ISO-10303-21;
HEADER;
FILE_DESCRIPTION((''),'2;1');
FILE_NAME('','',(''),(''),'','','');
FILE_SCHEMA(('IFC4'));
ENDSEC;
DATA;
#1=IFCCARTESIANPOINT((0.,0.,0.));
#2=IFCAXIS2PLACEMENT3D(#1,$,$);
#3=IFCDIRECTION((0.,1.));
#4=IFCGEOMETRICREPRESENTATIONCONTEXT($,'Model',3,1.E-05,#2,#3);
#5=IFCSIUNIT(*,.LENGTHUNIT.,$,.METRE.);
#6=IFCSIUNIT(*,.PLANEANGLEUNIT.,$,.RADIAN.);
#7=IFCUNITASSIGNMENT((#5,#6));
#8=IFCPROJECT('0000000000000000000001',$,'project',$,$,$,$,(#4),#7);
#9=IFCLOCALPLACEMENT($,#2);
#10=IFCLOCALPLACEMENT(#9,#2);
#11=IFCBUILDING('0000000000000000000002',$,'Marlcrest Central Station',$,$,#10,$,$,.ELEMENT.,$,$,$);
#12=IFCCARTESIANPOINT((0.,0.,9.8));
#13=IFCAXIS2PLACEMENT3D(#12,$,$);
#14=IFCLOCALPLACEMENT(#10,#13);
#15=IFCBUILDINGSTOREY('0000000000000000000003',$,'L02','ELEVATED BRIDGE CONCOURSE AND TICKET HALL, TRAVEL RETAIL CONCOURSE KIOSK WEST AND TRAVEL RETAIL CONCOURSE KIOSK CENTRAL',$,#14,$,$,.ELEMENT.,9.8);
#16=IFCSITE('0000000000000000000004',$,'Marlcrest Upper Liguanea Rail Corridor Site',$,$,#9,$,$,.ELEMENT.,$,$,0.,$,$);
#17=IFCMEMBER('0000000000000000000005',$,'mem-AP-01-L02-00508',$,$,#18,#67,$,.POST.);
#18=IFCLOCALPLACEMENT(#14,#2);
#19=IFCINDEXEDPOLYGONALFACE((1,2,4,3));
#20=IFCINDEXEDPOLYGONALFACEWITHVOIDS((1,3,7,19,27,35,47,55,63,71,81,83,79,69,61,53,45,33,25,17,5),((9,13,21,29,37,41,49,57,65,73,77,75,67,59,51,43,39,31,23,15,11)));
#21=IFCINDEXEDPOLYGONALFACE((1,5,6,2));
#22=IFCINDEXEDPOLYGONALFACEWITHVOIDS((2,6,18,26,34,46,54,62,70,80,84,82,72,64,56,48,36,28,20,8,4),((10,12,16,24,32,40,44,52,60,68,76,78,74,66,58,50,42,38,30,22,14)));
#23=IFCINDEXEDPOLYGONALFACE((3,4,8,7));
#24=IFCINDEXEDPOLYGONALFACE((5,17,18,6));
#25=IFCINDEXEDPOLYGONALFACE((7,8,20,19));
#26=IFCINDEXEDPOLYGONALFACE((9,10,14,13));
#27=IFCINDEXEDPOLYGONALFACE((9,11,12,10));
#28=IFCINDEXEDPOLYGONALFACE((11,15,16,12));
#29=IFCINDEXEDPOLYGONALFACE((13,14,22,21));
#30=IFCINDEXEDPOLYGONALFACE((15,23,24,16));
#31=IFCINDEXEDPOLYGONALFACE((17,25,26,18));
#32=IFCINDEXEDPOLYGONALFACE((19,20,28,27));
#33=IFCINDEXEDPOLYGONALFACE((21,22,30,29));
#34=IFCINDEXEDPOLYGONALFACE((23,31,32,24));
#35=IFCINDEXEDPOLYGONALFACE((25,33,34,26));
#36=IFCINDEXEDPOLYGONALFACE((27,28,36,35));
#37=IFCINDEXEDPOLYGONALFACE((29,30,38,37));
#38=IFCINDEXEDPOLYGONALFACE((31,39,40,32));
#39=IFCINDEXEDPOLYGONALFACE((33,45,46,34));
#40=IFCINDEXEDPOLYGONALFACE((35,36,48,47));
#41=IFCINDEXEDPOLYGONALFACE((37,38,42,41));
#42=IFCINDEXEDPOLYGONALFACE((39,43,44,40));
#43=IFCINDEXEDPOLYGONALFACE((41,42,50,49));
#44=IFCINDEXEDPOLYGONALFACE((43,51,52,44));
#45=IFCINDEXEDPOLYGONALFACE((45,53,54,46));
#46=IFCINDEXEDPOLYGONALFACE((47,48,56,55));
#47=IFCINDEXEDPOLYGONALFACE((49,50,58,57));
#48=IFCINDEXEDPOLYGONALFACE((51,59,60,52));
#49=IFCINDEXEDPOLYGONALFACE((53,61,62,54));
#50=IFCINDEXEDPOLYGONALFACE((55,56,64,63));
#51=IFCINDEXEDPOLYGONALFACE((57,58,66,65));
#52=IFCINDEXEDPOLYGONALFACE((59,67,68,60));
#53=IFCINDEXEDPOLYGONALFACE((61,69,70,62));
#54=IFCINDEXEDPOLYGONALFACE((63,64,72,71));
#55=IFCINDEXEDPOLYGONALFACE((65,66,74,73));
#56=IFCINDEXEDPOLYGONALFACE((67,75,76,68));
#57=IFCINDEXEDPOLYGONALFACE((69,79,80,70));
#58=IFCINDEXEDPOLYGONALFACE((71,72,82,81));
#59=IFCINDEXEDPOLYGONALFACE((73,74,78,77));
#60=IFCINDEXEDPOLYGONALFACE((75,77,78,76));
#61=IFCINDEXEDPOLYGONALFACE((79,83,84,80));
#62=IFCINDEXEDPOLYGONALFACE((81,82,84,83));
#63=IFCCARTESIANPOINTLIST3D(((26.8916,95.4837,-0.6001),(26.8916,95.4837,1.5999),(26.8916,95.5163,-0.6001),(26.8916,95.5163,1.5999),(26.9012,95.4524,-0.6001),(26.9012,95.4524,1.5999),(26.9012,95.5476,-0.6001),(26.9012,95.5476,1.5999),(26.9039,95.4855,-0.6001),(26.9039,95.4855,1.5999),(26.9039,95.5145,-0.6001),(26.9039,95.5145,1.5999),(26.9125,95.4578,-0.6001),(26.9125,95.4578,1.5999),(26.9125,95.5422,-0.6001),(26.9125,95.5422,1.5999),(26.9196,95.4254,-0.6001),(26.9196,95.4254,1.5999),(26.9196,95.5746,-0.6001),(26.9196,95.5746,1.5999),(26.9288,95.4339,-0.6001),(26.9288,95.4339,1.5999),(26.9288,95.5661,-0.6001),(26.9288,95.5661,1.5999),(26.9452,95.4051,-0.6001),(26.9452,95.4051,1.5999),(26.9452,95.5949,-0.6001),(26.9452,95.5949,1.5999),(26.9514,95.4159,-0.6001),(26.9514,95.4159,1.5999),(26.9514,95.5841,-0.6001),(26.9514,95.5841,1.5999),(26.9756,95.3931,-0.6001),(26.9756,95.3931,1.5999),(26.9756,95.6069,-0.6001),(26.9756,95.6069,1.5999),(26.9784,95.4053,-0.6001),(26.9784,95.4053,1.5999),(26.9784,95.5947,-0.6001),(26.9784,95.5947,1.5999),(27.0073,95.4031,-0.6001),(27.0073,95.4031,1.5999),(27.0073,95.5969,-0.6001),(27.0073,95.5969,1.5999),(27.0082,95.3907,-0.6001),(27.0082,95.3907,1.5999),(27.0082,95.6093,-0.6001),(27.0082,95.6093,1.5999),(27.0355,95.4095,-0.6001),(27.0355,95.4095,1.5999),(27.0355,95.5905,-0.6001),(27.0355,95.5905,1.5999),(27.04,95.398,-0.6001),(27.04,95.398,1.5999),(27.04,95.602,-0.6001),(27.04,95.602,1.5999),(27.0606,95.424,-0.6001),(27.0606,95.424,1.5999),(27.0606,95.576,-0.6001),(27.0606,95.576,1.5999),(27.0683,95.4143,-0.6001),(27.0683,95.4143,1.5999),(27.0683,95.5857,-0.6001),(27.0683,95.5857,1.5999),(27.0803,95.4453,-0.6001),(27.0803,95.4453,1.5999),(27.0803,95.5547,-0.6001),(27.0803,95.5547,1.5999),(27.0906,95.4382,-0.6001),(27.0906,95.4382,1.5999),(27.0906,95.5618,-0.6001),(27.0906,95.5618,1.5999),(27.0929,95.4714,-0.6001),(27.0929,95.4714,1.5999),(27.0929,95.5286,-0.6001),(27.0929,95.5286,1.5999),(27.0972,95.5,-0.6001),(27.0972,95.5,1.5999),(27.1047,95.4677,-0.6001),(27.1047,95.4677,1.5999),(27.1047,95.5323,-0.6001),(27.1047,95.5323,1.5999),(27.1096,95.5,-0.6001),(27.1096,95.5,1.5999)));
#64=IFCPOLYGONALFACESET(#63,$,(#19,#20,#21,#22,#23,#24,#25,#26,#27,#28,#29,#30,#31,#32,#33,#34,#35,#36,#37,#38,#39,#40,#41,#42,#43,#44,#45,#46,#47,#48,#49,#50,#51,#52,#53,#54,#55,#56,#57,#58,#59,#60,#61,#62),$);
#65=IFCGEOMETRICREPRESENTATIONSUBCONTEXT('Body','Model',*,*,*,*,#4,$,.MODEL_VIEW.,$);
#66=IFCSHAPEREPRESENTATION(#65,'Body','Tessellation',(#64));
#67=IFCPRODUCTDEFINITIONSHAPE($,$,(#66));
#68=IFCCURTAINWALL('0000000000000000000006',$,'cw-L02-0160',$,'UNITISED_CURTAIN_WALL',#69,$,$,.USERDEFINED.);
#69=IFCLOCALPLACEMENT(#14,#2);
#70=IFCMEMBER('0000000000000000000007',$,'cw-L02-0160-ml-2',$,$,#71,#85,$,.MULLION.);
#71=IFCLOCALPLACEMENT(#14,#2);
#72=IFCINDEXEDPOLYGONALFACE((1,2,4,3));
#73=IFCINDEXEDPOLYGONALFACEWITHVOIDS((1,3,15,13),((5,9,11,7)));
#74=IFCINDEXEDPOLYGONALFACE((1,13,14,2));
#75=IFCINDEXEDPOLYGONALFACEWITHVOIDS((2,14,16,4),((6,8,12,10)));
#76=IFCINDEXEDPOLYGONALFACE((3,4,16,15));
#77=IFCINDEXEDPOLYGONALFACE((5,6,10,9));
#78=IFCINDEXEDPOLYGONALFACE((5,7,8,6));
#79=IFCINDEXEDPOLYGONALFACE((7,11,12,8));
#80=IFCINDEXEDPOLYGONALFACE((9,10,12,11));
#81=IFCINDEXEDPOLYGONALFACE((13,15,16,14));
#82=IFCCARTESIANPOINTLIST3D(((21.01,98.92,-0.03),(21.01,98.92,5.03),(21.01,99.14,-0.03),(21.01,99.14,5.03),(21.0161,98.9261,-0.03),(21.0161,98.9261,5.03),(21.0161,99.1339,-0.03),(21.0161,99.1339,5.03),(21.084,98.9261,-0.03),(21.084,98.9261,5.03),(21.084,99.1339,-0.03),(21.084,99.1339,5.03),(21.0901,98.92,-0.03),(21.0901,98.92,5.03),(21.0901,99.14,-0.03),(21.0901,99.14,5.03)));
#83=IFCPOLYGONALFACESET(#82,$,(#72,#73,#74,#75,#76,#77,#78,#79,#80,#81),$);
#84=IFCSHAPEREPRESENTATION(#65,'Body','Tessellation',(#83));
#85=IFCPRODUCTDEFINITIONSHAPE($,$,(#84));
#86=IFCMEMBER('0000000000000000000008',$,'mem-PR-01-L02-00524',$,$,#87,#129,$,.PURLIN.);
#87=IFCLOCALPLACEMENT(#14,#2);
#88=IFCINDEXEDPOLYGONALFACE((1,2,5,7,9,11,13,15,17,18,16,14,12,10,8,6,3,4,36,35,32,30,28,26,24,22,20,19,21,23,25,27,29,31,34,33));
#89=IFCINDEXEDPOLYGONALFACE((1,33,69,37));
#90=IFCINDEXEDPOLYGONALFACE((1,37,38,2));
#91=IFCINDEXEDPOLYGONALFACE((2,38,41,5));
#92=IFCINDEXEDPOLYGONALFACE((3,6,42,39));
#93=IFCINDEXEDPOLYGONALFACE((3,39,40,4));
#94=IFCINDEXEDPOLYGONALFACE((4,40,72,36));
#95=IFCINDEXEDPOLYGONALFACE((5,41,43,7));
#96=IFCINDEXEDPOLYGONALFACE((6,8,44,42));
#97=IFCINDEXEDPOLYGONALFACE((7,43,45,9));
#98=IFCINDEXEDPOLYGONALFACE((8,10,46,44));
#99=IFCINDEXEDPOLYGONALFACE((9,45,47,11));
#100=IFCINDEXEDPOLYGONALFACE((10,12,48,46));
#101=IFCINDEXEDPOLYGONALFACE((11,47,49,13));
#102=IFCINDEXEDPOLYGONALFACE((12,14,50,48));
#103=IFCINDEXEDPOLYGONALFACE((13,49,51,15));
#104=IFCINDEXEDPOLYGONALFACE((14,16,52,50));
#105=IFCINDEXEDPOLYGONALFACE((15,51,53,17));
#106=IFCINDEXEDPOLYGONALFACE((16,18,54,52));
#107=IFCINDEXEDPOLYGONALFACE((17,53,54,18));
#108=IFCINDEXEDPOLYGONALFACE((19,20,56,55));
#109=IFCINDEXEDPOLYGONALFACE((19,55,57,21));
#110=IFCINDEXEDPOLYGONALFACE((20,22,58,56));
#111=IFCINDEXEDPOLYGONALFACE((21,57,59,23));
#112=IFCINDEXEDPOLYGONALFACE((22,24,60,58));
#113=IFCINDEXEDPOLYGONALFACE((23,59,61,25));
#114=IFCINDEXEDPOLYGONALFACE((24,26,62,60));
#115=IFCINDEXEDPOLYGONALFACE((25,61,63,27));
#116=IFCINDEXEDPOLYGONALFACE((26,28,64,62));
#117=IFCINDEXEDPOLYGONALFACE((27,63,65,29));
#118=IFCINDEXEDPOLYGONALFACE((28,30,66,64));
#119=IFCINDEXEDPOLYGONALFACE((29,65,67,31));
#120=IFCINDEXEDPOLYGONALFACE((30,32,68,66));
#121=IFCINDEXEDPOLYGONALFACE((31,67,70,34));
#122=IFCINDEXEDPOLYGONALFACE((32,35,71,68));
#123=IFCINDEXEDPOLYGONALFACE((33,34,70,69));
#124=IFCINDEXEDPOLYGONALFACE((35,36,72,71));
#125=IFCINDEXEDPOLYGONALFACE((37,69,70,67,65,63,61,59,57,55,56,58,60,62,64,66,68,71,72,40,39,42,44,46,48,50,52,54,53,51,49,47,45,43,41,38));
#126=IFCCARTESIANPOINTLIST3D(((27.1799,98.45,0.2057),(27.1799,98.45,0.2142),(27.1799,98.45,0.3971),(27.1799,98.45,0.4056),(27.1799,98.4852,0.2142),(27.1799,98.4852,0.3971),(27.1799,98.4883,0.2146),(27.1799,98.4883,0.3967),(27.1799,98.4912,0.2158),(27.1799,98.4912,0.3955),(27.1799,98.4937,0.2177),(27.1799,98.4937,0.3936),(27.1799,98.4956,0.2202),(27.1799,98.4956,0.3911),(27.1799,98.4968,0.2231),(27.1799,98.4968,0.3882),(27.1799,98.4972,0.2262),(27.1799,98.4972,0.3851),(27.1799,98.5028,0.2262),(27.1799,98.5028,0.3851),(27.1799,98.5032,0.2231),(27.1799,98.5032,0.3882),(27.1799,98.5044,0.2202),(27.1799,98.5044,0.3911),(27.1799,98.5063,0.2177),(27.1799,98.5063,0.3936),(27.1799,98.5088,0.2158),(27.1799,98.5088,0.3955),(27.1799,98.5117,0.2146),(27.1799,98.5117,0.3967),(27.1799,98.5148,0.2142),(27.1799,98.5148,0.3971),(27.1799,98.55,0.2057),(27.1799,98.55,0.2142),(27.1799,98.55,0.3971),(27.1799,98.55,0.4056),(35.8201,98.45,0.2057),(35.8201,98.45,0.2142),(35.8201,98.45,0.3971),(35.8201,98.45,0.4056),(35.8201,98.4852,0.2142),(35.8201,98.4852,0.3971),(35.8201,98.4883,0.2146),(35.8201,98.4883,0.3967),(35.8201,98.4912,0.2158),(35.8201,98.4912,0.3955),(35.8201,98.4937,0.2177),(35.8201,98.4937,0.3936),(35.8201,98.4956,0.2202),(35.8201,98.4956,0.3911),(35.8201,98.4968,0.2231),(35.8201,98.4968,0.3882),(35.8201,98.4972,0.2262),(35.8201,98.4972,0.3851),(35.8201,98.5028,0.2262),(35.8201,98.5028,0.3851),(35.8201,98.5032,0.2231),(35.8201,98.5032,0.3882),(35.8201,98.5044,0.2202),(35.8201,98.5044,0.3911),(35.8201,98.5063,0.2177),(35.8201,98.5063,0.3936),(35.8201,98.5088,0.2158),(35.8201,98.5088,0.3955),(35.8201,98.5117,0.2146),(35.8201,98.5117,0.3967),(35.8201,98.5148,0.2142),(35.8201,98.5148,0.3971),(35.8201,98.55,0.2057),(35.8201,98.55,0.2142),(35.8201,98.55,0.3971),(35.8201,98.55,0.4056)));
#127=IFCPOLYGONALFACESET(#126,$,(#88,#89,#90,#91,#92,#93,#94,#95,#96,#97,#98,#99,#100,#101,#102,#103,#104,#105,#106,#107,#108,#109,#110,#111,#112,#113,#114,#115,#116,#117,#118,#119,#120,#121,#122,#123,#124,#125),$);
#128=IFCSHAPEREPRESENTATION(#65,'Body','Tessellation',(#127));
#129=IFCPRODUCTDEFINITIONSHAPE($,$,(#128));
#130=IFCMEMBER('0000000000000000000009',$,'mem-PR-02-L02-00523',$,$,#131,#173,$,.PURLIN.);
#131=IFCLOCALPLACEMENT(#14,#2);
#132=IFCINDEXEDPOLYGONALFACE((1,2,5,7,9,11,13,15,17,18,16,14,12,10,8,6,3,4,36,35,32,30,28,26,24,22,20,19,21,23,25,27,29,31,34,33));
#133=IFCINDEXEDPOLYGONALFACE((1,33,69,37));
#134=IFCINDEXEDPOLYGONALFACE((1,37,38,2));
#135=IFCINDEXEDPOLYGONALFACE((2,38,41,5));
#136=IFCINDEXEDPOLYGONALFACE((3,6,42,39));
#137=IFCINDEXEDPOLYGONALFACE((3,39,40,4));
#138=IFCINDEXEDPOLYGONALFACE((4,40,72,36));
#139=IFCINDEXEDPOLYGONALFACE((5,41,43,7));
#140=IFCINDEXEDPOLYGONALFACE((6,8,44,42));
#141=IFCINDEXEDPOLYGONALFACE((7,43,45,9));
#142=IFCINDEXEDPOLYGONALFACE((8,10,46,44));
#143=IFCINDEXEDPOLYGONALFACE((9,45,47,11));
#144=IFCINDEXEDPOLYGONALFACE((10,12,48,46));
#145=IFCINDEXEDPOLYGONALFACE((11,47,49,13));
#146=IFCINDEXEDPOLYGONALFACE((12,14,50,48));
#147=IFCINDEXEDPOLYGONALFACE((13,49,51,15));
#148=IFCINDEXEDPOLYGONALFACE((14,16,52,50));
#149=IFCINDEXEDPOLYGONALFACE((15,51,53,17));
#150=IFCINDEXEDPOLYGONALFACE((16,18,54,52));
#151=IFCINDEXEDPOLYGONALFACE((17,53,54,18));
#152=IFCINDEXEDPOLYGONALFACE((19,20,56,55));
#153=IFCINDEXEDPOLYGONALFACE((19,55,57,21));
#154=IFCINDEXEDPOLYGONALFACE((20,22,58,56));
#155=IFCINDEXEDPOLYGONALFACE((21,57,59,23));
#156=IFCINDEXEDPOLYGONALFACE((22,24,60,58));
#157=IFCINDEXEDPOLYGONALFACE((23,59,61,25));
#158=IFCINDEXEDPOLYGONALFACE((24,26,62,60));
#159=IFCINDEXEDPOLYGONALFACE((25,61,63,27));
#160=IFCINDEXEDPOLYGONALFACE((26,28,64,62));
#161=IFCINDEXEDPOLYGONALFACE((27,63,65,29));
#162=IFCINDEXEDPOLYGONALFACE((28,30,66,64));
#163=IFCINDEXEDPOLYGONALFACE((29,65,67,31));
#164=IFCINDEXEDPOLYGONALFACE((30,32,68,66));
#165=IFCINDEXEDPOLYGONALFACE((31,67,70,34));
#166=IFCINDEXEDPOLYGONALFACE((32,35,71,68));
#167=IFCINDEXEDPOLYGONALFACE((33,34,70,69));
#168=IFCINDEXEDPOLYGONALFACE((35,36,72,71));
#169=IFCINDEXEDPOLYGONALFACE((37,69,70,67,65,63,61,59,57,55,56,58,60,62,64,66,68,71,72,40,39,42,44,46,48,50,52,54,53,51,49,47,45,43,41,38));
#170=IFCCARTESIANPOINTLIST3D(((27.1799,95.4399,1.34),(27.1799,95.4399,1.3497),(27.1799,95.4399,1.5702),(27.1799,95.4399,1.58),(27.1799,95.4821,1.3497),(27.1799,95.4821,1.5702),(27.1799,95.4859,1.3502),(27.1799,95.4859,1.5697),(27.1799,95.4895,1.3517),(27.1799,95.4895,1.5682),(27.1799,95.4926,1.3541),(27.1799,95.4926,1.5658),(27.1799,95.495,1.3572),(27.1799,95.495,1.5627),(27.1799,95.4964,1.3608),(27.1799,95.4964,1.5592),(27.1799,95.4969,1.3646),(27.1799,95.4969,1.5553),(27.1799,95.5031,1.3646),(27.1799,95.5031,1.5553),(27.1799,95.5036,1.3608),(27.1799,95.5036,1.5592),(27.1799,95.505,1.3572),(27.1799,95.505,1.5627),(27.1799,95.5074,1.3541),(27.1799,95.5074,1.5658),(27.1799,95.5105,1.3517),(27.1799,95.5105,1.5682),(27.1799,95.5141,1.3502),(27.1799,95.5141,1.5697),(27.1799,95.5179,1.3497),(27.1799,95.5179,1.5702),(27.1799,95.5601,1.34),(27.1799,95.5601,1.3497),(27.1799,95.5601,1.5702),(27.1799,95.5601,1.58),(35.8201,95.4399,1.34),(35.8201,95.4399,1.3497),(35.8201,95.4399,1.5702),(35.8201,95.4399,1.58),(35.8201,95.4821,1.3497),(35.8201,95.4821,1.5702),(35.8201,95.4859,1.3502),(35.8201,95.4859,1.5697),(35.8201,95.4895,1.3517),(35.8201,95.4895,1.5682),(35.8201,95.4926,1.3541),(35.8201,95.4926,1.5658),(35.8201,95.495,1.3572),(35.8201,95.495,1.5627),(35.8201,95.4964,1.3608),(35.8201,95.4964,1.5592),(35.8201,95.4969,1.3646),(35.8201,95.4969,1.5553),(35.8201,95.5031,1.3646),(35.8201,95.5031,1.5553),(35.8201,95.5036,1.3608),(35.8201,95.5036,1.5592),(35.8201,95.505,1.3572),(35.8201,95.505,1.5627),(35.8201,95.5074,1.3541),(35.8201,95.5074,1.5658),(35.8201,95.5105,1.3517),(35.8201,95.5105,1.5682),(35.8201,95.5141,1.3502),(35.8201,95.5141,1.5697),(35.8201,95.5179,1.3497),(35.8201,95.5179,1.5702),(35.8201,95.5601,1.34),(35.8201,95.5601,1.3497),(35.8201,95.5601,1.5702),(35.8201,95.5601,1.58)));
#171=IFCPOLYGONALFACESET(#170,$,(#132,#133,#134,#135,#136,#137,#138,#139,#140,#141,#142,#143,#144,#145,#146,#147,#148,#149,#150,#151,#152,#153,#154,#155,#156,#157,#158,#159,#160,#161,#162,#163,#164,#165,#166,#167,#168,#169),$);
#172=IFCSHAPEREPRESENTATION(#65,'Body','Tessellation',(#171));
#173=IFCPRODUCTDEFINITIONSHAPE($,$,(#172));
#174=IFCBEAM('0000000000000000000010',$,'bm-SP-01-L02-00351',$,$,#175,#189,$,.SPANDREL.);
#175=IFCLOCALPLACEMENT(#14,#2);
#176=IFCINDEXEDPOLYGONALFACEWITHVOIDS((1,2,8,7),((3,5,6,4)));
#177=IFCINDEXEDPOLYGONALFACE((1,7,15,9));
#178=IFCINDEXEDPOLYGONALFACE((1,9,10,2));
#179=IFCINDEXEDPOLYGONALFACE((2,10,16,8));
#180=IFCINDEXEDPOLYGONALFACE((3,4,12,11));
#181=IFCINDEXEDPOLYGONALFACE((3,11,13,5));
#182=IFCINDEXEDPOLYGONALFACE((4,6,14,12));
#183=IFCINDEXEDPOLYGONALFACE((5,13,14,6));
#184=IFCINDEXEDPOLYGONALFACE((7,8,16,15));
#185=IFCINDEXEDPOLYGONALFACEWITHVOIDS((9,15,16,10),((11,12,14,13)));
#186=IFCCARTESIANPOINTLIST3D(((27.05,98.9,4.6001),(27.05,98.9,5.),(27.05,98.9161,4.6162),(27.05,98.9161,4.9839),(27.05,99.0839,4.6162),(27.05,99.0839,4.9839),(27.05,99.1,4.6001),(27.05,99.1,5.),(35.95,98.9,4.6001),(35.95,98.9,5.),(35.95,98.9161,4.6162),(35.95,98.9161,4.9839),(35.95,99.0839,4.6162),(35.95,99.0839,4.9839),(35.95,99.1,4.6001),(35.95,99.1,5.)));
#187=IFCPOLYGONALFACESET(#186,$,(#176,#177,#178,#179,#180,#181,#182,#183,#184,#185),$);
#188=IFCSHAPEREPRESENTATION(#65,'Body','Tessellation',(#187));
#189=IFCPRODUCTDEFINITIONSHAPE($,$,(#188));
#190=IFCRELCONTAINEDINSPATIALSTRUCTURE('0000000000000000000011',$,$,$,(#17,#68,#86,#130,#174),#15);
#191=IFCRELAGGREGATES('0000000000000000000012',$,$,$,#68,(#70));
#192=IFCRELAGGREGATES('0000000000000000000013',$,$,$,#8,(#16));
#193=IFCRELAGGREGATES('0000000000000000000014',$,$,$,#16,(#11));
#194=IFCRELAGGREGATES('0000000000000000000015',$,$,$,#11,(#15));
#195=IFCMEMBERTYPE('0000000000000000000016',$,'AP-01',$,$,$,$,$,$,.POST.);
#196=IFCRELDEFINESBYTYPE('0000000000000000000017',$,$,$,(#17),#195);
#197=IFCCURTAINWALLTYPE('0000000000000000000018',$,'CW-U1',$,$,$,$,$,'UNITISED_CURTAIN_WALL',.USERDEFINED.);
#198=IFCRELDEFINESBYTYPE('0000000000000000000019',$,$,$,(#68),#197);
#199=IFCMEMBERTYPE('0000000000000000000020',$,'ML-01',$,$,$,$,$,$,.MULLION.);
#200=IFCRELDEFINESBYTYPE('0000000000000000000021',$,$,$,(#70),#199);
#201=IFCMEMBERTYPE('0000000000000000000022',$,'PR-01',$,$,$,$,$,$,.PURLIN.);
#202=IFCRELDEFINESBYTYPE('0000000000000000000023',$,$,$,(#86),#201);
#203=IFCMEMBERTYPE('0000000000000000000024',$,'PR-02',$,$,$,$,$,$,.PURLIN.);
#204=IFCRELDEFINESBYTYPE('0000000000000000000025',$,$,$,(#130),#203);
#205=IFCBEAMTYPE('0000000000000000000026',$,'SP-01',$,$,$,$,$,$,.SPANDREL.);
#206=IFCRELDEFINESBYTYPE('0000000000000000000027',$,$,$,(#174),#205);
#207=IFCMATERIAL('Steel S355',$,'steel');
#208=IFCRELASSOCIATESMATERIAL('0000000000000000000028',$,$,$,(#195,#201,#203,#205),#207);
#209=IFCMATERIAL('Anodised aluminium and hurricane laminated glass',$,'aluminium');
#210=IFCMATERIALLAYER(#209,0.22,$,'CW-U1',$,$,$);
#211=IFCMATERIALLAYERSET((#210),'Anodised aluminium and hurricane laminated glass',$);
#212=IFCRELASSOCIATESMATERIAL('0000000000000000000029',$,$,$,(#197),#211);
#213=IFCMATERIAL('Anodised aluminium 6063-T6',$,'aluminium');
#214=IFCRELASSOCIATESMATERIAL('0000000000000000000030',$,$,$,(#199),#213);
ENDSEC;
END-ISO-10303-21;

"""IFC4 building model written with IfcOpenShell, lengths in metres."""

from ifc_helpers import new_model, si_unit, direction, frame, origin, origin_2d, place, context, subcontext, project, spatial, hollow_rectangle, hollow_circle, i_section, extrude, material, layer, layer_set, material_profile, profile_set, type_object, element, aggregate, save


model = new_model("IFC4")

# Units and contexts
model_context = context("Model", 3, precision=1e-05, world=origin(), true_north=direction((0.0, 1.0)))
body_context = subcontext(model_context, "Body", "Model", "MODEL_VIEW")
ifc_project = project(units=[si_unit("LENGTHUNIT", "METRE"), si_unit("PLANEANGLEUNIT", "RADIAN")], contexts=[model_context])

# Site, building, storey
site_placement = place(None, origin())
site = spatial("IfcSite", under=ifc_project, at=site_placement, Name="Marlcrest Upper Liguanea Rail Corridor Site", CompositionType="ELEMENT", RefElevation=0.0)
building_placement = place(site_placement, origin())
building = spatial("IfcBuilding", under=site, at=building_placement, Name="Marlcrest Central Station", CompositionType="ELEMENT")
storey_placement = place(building_placement, frame((0.0, 0.0, 9.8)))
storey = spatial("IfcBuildingStorey", under=building, at=storey_placement, Name="L02", Description="ELEVATED BRIDGE CONCOURSE AND TICKET HALL, TRAVEL RETAIL CONCOURSE KIOSK WEST AND TRAVEL RETAIL CONCOURSE KIOSK CENTRAL", CompositionType="ELEMENT", Elevation=9.8)

# Shared definitions
ifc_material_1 = material(Name="Steel S355", Category="steel")

# Member
ifc_material_profile_1 = material_profile(ifc_material_1, hollow_circle(Radius=0.1096, WallThickness=0.0125, at=origin_2d()), Name="CHS 219.1x12.5")
ifc_profile_set_1 = profile_set([ifc_material_profile_1], Name="Steel S355")
member_type_1 = type_object("IfcMemberType", Name="AP-01", PredefinedType="POST", material=ifc_profile_set_1)
member_1_placement = place(storey_placement, frame((27.0, 95.5, -0.6001), z_axis=(0.0, 0.0, 1.0), x_axis=(1.0, 0.0, 0.0)))
element("IfcMember", 1, at=member_1_placement, inside=storey, type_object=member_type_1, Name="mem-AP-01-L02-00508", PredefinedType="POST", context=body_context, shape_type="SweptSolid", body=[
    extrude(hollow_circle(Radius=0.1096, WallThickness=0.0125, at=origin_2d()), origin(), (0.0, 0.0, 1.0), 2.2),
])

# Curtain wall, member
ifc_material_2 = material(Name="Anodised aluminium and hurricane laminated glass", Category="aluminium")
ifc_layer_1 = layer(ifc_material_2, 0.22, Name="CW-U1")
ifc_layer_set_1 = layer_set([ifc_layer_1], Name="Anodised aluminium and hurricane laminated glass")
curtain_wall_type = type_object("IfcCurtainWallType", Name="CW-U1", ElementType="UNITISED_CURTAIN_WALL", PredefinedType="USERDEFINED", material=ifc_layer_set_1)
curtain_wall_placement = place(storey_placement, origin())
curtain_wall = element("IfcCurtainWall", 2, at=curtain_wall_placement, inside=storey, type_object=curtain_wall_type, Name="cw-L02-0160", ObjectType="UNITISED_CURTAIN_WALL", PredefinedType="USERDEFINED")
ifc_material_3 = material(Name="Anodised aluminium 6063-T6", Category="aluminium")
ifc_material_profile_2 = material_profile(ifc_material_3, hollow_rectangle(XDim=0.0801, YDim=0.22, WallThickness=0.0061, at=origin_2d()), Name="AA-RHS 220x80x6")
ifc_profile_set_2 = profile_set([ifc_material_profile_2], Name="Anodised aluminium 6063-T6")
member_type_2 = type_object("IfcMemberType", Name="ML-01", PredefinedType="MULLION", material=ifc_profile_set_2)
member_2_placement = place(storey_placement, frame((21.05, 99.03, -0.03), z_axis=(0.0, 0.0, 1.0), x_axis=(1.0, 0.0, 0.0)))
member_2 = element("IfcMember", 3, at=member_2_placement, type_object=member_type_2, Name="cw-L02-0160-ml-2", PredefinedType="MULLION", context=body_context, shape_type="SweptSolid", body=[
    extrude(hollow_rectangle(XDim=0.0801, YDim=0.22, WallThickness=0.0061, at=origin_2d()), origin(), (0.0, 0.0, 1.0), 5.0601),
])

# Members
ifc_material_profile_3 = material_profile(ifc_material_1, i_section(OverallWidth=0.1001, OverallDepth=0.2, WebThickness=0.0056, FlangeThickness=0.0085, FilletRadius=0.012, at=origin_2d()), Name="IPE 200")
ifc_profile_set_3 = profile_set([ifc_material_profile_3], Name="Steel S355")
member_type_3 = type_object("IfcMemberType", Name="PR-01", PredefinedType="PURLIN", material=ifc_profile_set_3)
member_3_placement = place(storey_placement, frame((27.1799, 98.5, 0.3057), z_axis=(1.0, 0.0, 0.0), x_axis=(0.0, 1.0, 0.0)))
element("IfcMember", 4, at=member_3_placement, inside=storey, type_object=member_type_3, Name="mem-PR-01-L02-00524", PredefinedType="PURLIN", context=body_context, shape_type="SweptSolid", body=[
    extrude(i_section(OverallWidth=0.1001, OverallDepth=0.2, WebThickness=0.0056, FlangeThickness=0.0085, FilletRadius=0.012, at=origin_2d()), origin(), (0.0, 0.0, 1.0), 8.6401),
])
ifc_material_profile_4 = material_profile(ifc_material_1, i_section(OverallWidth=0.1201, OverallDepth=0.24, WebThickness=0.0061, FlangeThickness=0.0098, FilletRadius=0.0149, at=origin_2d()), Name="IPE 240")
ifc_profile_set_4 = profile_set([ifc_material_profile_4], Name="Steel S355")
member_type_4 = type_object("IfcMemberType", Name="PR-02", PredefinedType="PURLIN", material=ifc_profile_set_4)
member_4_placement = place(storey_placement, frame((27.1799, 95.5, 1.46), z_axis=(1.0, 0.0, 0.0), x_axis=(0.0, 1.0, 0.0)))
element("IfcMember", 5, at=member_4_placement, inside=storey, type_object=member_type_4, Name="mem-PR-02-L02-00523", PredefinedType="PURLIN", context=body_context, shape_type="SweptSolid", body=[
    extrude(i_section(OverallWidth=0.1201, OverallDepth=0.24, WebThickness=0.0061, FlangeThickness=0.0098, FilletRadius=0.0149, at=origin_2d()), origin(), (0.0, 0.0, 1.0), 8.6401),
])

# Beam
ifc_material_profile_5 = material_profile(ifc_material_1, hollow_rectangle(XDim=0.2, YDim=0.3999, WallThickness=0.0161, at=origin_2d()), Name="RHS 400x200x16")
ifc_profile_set_5 = profile_set([ifc_material_profile_5], Name="Steel S355")
beam_type = type_object("IfcBeamType", Name="SP-01", PredefinedType="SPANDREL", material=ifc_profile_set_5)
beam_placement = place(storey_placement, frame((27.05, 99.0, 4.8), z_axis=(1.0, 0.0, 0.0), x_axis=(0.0, 1.0, 0.0)))
element("IfcBeam", 6, at=beam_placement, inside=storey, type_object=beam_type, Name="bm-SP-01-L02-00351", PredefinedType="SPANDREL", context=body_context, shape_type="SweptSolid", body=[
    extrude(hollow_rectangle(XDim=0.2, YDim=0.3999, WallThickness=0.0161, at=origin_2d()), origin(), (0.0, 0.0, 1.0), 8.8999),
])

aggregate(curtain_wall, [member_2])

save(model, "model.ifc")
